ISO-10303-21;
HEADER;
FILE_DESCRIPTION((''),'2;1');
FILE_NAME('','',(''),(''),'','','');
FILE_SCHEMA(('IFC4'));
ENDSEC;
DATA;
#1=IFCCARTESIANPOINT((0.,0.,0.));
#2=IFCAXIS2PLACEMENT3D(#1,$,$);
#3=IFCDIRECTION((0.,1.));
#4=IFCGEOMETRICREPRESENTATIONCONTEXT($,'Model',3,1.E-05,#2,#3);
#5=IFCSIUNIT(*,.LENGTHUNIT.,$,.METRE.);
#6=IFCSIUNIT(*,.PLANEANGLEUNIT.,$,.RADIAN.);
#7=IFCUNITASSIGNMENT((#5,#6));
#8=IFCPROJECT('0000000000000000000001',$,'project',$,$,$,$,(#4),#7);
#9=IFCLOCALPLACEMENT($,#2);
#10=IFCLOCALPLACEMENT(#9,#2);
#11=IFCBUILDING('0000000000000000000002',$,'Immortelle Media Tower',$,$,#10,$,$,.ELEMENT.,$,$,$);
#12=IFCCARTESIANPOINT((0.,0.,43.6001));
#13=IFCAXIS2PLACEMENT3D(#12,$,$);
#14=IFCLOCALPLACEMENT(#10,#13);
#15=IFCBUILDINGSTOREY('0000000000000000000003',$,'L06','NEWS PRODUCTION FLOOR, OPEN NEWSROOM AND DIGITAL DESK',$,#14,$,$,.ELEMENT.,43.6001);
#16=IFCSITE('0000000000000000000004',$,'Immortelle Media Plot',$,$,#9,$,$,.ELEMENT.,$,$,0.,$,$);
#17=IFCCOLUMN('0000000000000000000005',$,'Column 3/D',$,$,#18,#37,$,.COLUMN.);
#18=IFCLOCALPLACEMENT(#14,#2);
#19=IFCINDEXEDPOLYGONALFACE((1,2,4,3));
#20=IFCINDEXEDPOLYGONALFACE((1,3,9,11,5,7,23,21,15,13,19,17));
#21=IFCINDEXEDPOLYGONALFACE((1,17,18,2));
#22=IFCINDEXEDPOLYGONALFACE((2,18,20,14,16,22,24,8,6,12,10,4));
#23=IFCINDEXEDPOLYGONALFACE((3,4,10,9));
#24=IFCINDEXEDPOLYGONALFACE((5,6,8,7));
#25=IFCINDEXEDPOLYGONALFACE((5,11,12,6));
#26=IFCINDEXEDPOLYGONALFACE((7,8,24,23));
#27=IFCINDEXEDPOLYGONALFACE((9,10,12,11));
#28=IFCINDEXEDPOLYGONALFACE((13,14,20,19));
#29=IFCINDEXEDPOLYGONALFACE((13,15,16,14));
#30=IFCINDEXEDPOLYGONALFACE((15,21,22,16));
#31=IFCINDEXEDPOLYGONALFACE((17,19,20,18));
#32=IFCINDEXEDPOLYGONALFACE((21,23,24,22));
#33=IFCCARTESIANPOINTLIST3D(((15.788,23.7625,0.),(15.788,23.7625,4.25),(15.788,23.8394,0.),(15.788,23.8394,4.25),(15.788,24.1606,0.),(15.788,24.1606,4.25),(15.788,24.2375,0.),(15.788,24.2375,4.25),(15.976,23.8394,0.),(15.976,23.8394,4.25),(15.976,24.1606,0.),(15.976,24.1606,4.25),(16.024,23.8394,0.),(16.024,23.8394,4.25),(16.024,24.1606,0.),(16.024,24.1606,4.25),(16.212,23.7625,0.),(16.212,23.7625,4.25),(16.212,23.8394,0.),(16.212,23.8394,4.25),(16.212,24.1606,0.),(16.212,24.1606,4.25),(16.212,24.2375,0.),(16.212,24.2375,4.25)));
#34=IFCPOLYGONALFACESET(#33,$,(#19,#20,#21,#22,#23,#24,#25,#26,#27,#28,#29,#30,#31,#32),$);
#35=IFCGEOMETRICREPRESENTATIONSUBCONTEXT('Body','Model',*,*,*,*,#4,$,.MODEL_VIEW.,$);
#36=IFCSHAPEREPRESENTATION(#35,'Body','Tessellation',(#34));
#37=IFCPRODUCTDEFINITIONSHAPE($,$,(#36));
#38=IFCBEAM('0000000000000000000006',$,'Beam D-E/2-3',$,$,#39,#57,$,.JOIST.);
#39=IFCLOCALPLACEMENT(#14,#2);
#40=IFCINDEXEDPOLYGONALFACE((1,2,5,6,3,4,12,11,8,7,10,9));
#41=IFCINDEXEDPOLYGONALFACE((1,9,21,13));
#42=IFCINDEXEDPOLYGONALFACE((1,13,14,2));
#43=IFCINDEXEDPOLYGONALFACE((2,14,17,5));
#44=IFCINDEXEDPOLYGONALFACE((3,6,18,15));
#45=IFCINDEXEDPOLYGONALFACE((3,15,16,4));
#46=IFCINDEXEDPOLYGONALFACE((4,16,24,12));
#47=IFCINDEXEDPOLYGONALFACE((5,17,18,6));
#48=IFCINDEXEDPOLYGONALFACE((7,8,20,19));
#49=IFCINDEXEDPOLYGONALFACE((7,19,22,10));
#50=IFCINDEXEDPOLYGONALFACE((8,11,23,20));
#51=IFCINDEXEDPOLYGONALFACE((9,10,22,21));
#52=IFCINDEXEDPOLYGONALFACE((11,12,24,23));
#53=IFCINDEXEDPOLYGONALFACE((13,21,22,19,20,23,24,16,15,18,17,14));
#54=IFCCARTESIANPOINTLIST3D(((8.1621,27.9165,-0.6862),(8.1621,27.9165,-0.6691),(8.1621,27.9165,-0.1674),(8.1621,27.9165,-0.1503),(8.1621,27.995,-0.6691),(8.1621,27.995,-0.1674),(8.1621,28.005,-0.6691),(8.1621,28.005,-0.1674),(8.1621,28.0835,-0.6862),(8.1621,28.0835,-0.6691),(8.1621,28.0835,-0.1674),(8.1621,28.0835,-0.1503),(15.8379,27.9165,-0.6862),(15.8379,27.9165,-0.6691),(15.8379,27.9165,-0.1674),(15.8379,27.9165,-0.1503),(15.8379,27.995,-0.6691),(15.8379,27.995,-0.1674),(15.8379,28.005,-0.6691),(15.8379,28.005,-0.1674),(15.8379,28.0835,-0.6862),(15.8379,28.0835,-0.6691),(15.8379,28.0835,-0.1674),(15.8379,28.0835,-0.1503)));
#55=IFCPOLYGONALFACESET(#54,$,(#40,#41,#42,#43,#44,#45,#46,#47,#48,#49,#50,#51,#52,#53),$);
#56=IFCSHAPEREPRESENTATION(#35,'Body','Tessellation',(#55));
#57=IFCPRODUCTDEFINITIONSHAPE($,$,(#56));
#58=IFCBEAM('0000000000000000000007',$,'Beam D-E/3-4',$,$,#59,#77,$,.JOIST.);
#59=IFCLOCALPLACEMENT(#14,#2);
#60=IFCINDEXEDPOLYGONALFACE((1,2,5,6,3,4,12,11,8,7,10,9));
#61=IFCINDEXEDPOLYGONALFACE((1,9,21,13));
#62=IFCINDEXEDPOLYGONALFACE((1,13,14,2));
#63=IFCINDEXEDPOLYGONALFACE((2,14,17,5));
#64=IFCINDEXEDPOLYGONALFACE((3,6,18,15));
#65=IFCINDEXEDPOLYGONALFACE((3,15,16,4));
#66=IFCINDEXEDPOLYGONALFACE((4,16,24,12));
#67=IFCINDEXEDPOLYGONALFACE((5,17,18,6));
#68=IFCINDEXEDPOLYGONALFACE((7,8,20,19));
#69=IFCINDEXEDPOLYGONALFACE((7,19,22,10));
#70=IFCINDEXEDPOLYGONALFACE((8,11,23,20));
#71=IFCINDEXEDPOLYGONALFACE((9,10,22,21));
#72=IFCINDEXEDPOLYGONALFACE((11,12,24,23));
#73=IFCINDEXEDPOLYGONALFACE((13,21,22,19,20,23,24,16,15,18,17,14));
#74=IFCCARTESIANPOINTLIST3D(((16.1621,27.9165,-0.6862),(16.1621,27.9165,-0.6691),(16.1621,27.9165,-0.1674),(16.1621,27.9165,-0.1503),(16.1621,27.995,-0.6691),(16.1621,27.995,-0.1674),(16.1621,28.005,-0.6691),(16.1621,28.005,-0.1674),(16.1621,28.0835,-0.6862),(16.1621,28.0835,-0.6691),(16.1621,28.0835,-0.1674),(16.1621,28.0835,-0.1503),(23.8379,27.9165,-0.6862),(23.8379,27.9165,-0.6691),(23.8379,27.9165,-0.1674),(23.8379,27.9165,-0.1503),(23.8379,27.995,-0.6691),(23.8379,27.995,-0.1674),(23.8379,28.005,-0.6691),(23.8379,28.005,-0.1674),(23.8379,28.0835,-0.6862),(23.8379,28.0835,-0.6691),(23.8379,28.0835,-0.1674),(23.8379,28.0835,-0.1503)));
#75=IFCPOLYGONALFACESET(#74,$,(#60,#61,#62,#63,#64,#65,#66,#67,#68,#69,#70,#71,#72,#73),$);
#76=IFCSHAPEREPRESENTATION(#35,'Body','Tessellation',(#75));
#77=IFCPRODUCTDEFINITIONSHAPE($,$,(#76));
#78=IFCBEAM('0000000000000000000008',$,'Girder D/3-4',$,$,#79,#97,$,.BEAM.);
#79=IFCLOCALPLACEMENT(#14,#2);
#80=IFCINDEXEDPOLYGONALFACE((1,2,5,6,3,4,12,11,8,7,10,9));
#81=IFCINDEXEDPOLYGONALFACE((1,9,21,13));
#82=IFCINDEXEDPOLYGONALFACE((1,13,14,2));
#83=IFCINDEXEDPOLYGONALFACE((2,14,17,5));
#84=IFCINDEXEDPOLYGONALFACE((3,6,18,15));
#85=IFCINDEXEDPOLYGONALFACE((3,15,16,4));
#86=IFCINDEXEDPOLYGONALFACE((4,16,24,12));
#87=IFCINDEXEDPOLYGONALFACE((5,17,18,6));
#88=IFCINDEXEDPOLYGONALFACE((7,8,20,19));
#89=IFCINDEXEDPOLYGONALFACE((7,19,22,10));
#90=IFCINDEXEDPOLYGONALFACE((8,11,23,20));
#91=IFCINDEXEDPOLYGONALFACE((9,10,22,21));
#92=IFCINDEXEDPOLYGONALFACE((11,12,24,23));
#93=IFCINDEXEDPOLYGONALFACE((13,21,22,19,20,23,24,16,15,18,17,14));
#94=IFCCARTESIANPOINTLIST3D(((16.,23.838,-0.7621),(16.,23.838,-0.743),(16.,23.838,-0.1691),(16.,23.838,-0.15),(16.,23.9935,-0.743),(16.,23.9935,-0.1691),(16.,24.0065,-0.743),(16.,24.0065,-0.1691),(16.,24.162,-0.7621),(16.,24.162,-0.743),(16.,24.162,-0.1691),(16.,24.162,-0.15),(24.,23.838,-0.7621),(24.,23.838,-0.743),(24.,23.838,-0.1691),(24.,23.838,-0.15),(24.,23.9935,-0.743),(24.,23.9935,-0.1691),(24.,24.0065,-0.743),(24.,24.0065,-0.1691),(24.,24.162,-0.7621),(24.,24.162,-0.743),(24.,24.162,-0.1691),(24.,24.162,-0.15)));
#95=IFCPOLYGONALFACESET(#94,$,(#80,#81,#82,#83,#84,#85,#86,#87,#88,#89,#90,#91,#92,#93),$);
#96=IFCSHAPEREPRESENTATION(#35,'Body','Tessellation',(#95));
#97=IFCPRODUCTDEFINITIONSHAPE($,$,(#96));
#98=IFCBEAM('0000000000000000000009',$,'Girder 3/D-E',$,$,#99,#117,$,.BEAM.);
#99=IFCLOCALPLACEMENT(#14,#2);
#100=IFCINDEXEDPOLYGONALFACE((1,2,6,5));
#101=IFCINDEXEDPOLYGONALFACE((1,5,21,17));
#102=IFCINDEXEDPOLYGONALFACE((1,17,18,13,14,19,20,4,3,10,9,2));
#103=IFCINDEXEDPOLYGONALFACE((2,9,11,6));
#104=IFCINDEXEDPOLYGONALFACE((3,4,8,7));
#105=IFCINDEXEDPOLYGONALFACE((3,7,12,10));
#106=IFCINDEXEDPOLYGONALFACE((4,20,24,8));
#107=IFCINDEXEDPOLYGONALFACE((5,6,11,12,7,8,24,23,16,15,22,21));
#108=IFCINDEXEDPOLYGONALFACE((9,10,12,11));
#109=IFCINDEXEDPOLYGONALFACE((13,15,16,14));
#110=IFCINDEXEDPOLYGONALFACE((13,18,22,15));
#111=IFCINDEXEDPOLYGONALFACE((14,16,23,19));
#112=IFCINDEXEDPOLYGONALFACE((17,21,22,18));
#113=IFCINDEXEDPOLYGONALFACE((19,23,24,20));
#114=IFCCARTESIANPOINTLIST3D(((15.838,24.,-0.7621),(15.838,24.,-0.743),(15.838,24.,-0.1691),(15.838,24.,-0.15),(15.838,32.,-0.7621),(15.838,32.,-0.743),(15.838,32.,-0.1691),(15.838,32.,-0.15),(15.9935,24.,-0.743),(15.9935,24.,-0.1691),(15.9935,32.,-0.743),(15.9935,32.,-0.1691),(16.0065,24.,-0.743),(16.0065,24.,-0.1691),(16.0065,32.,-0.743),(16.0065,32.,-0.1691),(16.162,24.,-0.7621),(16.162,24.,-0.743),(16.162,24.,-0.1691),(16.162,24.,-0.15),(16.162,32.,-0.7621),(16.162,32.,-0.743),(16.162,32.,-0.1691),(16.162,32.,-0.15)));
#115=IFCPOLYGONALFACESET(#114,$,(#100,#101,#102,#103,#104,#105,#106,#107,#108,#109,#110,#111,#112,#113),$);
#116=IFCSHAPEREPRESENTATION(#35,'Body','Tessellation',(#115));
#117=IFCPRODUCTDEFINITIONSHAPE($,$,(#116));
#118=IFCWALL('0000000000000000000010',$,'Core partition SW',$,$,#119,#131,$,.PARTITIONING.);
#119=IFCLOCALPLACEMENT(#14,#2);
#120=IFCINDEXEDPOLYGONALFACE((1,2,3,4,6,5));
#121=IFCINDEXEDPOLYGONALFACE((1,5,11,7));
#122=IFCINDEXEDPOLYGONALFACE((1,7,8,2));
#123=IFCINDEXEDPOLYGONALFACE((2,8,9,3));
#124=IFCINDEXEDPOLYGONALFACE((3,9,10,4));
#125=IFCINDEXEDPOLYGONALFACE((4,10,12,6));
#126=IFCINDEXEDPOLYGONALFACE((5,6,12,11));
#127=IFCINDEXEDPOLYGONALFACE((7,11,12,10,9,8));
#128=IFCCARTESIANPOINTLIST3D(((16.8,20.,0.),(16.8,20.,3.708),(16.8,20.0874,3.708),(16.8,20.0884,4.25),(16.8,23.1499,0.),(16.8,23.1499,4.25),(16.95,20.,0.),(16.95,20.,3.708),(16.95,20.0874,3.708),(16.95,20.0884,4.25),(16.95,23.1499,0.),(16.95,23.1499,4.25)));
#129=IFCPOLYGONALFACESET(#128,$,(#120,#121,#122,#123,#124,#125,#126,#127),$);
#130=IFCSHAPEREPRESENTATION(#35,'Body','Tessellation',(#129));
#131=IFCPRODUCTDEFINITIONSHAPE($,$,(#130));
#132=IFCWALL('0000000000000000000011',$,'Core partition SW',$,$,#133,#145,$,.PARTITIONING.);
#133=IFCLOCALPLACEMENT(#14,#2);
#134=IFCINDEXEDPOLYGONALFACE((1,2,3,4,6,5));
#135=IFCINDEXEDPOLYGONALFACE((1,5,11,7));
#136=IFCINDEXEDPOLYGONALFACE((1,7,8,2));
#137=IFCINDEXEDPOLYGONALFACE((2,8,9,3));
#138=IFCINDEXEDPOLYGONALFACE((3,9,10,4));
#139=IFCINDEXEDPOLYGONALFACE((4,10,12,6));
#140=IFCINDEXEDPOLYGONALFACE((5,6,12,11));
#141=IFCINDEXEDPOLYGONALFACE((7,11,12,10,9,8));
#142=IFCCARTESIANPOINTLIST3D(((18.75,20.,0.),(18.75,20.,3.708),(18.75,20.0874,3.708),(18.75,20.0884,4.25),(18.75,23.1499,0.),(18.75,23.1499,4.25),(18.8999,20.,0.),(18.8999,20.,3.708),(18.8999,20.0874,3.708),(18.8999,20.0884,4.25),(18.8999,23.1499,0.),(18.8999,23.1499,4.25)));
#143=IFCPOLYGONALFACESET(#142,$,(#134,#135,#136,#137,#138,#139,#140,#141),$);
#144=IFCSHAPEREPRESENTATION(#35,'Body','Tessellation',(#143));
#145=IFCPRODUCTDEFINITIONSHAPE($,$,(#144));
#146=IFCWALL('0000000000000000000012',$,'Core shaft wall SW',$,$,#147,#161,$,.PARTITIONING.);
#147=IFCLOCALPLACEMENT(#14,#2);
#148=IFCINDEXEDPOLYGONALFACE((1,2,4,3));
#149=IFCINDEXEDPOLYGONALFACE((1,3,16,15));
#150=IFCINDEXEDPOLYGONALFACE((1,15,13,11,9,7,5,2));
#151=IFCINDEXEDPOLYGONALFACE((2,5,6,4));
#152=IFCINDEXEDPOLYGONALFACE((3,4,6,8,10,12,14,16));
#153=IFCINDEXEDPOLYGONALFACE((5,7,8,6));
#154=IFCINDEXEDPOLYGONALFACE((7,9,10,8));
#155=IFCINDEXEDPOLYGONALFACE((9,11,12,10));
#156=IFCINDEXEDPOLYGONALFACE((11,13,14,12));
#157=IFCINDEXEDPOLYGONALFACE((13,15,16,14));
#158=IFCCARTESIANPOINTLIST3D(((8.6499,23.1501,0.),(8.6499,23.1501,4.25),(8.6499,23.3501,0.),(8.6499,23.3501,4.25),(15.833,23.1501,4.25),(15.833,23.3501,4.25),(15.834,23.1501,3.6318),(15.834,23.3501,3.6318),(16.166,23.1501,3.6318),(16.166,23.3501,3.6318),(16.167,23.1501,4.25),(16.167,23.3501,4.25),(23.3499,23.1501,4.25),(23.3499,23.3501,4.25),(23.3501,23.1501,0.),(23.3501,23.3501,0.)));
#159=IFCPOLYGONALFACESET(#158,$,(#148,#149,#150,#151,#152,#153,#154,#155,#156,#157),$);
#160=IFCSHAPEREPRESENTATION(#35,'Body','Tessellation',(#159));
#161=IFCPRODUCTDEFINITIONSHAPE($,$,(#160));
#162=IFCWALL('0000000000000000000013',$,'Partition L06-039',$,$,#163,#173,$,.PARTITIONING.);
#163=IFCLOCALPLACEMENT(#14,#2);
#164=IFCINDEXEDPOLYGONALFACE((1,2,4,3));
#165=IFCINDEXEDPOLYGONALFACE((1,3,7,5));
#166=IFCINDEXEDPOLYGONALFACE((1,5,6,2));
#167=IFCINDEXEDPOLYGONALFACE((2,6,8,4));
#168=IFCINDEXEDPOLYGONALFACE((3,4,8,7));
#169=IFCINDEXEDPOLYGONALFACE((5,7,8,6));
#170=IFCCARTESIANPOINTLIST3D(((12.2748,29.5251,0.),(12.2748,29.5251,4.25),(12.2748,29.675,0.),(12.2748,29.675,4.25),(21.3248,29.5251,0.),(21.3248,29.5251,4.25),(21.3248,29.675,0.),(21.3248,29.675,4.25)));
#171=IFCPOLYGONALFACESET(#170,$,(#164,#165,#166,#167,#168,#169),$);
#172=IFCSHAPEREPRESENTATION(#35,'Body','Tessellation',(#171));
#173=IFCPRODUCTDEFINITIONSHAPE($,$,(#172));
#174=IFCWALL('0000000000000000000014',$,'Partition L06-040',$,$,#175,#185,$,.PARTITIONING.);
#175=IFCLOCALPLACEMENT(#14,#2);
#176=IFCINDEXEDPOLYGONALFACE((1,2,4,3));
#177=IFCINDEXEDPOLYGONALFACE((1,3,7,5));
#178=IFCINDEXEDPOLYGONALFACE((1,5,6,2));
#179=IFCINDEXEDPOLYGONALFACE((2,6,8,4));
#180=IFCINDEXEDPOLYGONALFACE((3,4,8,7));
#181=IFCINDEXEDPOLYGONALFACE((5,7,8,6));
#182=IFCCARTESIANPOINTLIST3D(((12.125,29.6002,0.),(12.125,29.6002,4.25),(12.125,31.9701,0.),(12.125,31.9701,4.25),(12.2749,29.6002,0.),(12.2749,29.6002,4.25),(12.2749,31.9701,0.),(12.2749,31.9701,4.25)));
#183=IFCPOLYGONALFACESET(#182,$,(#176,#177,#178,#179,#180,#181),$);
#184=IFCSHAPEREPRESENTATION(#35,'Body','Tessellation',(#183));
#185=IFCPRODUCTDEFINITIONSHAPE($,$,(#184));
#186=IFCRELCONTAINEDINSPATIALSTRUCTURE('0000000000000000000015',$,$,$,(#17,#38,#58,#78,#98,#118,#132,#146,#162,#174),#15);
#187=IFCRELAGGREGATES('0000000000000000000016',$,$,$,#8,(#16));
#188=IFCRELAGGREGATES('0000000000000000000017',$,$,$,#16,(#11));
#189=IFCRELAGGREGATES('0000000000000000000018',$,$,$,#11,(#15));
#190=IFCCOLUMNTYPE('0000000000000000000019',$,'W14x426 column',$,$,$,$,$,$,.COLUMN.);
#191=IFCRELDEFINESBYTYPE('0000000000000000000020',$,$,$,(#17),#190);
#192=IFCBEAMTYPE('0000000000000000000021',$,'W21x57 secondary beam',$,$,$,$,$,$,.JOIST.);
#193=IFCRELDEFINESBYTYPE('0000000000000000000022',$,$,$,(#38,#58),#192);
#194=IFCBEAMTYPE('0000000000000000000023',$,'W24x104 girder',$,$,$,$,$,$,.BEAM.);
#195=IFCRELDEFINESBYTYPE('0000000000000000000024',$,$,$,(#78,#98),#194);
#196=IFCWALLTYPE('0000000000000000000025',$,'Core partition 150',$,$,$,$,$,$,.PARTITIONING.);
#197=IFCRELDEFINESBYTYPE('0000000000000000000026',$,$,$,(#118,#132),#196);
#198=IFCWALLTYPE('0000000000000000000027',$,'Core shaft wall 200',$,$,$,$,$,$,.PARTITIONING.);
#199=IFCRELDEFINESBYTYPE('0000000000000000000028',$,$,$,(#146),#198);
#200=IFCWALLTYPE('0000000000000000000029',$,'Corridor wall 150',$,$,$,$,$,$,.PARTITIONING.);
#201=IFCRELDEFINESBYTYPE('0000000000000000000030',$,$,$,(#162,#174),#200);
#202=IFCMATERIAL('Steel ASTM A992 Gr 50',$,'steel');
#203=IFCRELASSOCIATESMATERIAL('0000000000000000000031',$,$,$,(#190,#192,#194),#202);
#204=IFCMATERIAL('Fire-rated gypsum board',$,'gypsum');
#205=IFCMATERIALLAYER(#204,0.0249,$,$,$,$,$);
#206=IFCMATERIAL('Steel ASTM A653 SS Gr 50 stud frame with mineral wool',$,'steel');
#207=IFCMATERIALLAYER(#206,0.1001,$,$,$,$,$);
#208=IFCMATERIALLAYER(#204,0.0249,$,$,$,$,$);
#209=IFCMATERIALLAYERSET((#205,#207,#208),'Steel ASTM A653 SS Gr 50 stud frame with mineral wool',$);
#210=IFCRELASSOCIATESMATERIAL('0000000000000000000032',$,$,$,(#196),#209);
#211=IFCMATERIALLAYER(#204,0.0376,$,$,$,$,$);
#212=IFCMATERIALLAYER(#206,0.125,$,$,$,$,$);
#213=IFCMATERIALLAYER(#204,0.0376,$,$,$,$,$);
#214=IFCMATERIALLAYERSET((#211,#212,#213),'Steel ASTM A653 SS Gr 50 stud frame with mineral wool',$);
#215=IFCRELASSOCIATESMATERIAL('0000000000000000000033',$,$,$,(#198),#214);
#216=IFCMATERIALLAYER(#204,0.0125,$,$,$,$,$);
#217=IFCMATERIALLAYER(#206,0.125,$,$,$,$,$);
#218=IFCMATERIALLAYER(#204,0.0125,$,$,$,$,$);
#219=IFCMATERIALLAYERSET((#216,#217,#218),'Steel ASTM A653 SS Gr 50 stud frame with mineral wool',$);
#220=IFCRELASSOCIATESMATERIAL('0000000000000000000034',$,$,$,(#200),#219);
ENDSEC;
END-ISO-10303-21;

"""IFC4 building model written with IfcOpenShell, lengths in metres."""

from ifc_helpers import new_model, si_unit, direction, frame, frame_2d, origin, origin_2d, place, context, subcontext, project, spatial, polyline, rectangle, i_section, outline, extrude, material, layer, layer_set, material_profile, profile_set, type_object, element, save


model = new_model("IFC4")

# Units and contexts
model_context = context("Model", 3, precision=1e-05, world=origin(), true_north=direction((0.0, 1.0)))
body_context = subcontext(model_context, "Body", "Model", "MODEL_VIEW")
ifc_project = project(units=[si_unit("LENGTHUNIT", "METRE"), si_unit("PLANEANGLEUNIT", "RADIAN")], contexts=[model_context])

# Site, building, storey
site_placement = place(None, origin())
site = spatial("IfcSite", under=ifc_project, at=site_placement, Name="Immortelle Media Plot", CompositionType="ELEMENT", RefElevation=0.0)
building_placement = place(site_placement, origin())
building = spatial("IfcBuilding", under=site, at=building_placement, Name="Immortelle Media Tower", CompositionType="ELEMENT")
storey_placement = place(building_placement, frame((0.0, 0.0, 43.6001)))
storey = spatial("IfcBuildingStorey", under=building, at=storey_placement, Name="L06", Description="NEWS PRODUCTION FLOOR, OPEN NEWSROOM AND DIGITAL DESK", CompositionType="ELEMENT", Elevation=43.6001)

# Column
ifc_material_1 = material(Name="Steel ASTM A992 Gr 50", Category="steel")
ifc_material_profile_1 = material_profile(ifc_material_1, i_section(OverallWidth=0.4241, OverallDepth=0.4751, WebThickness=0.0481, FlangeThickness=0.0769, at=origin_2d()), Name="W14x426")
ifc_profile_set_1 = profile_set([ifc_material_profile_1], Name="Steel ASTM A992 Gr 50")
column_type = type_object("IfcColumnType", Name="W14x426 column", PredefinedType="COLUMN", material=ifc_profile_set_1)
column_placement = place(storey_placement, frame((16.0, 24.0, 0.0), z_axis=(0.0, 0.0, 1.0), x_axis=(1.0, 0.0, 0.0)))
element("IfcColumn", 1, at=column_placement, inside=storey, type_object=column_type, Name="Column 3/D", PredefinedType="COLUMN", context=body_context, shape_type="SweptSolid", body=[
    extrude(i_section(OverallWidth=0.4241, OverallDepth=0.4751, WebThickness=0.0481, FlangeThickness=0.0769, at=origin_2d()), origin(), (0.0, 0.0, 1.0), 4.25),
])

# Beams
ifc_material_profile_2 = material_profile(ifc_material_1, i_section(OverallWidth=0.167, OverallDepth=0.5359, WebThickness=0.01, FlangeThickness=0.0171, at=origin_2d()), Name="W21x57")
ifc_profile_set_2 = profile_set([ifc_material_profile_2], Name="Steel ASTM A992 Gr 50")
beam_type_1 = type_object("IfcBeamType", Name="W21x57 secondary beam", PredefinedType="JOIST", material=ifc_profile_set_2)
for number, where, z_axis, x_axis, name in (
    (2, (8.1621, 28.0, -0.4182), (1.0, 0.0, 0.0), (0.0, 1.0, 0.0), "Beam D-E/2-3"),
    (3, (16.1621, 28.0, -0.4182), (1.0, 0.0, 0.0), (0.0, 1.0, 0.0), "Beam D-E/3-4"),
):
    element("IfcBeam", number, at=place(storey_placement, frame(where, z_axis=z_axis, x_axis=x_axis)), inside=storey, type_object=beam_type_1, Name=name, PredefinedType="JOIST", context=body_context, shape_type="SweptSolid", body=[
        extrude(i_section(OverallWidth=0.167, OverallDepth=0.5359, WebThickness=0.01, FlangeThickness=0.0171, at=origin_2d()), origin(), (0.0, 0.0, 1.0), 7.6758),
    ])
ifc_material_profile_3 = material_profile(ifc_material_1, i_section(OverallWidth=0.324, OverallDepth=0.6121, WebThickness=0.0129, FlangeThickness=0.019, at=origin_2d()), Name="W24x104")
ifc_profile_set_3 = profile_set([ifc_material_profile_3], Name="Steel ASTM A992 Gr 50")
beam_type_2 = type_object("IfcBeamType", Name="W24x104 girder", PredefinedType="BEAM", material=ifc_profile_set_3)
for number, where, z_axis, x_axis, name in (
    (4, (16.0, 24.0, -0.4561), (1.0, 0.0, 0.0), (0.0, 1.0, 0.0), "Girder D/3-4"),
    (5, (16.0, 24.0, -0.4561), (0.0, 1.0, 0.0), (-1.0, 0.0, 0.0), "Girder 3/D-E"),
):
    element("IfcBeam", number, at=place(storey_placement, frame(where, z_axis=z_axis, x_axis=x_axis)), inside=storey, type_object=beam_type_2, Name=name, PredefinedType="BEAM", context=body_context, shape_type="SweptSolid", body=[
        extrude(i_section(OverallWidth=0.324, OverallDepth=0.6121, WebThickness=0.0129, FlangeThickness=0.019, at=origin_2d()), origin(), (0.0, 0.0, 1.0), 8.0),
    ])

# Walls
ifc_material_2 = material(Name="Fire-rated gypsum board", Category="gypsum")
ifc_layer_1 = layer(ifc_material_2, 0.0249)
ifc_material_3 = material(Name="Steel ASTM A653 SS Gr 50 stud frame with mineral wool", Category="steel")
ifc_layer_2 = layer(ifc_material_3, 0.1001)
ifc_layer_3 = layer(ifc_material_2, 0.0249)
ifc_layer_set_1 = layer_set([ifc_layer_1, ifc_layer_2, ifc_layer_3], Name="Steel ASTM A653 SS Gr 50 stud frame with mineral wool")
wall_type_1 = type_object("IfcWallType", Name="Core partition 150", PredefinedType="PARTITIONING", material=ifc_layer_set_1)
for number, where, z_axis, x_axis, name in (
    (6, (16.875, 20.0, 0.0), (0.0, 0.0, 1.0), (0.0, 1.0, 0.0), "Core partition SW"),
    (7, (18.825, 20.0, 0.0), (0.0, 0.0, 1.0), (0.0, 1.0, 0.0), "Core partition SW"),
):
    element("IfcWall", number, at=place(storey_placement, frame(where, z_axis=z_axis, x_axis=x_axis)), inside=storey, type_object=wall_type_1, Name=name, PredefinedType="PARTITIONING", context=body_context, shape_type="SweptSolid", body=[
        extrude(outline(polyline([(0.0, 0.0), (3.1499, 0.0), (3.1499, 4.25), (0.0884, 4.25), (0.0874, 3.708), (0.0, 3.708), (0.0, 0.0)])), frame((0.0, 0.075, 0.0), z_axis=(0.0, -1.0, 0.0), x_axis=(1.0, 0.0, 0.0)), (0.0, 0.0, 1.0), 0.1499),
    ])
ifc_layer_4 = layer(ifc_material_2, 0.0376)
ifc_layer_5 = layer(ifc_material_3, 0.125)
ifc_layer_6 = layer(ifc_material_2, 0.0376)
ifc_layer_set_2 = layer_set([ifc_layer_4, ifc_layer_5, ifc_layer_6], Name="Steel ASTM A653 SS Gr 50 stud frame with mineral wool")
wall_type_2 = type_object("IfcWallType", Name="Core shaft wall 200", PredefinedType="PARTITIONING", material=ifc_layer_set_2)
wall_1_placement = place(storey_placement, frame((8.6499, 23.25, 0.0), z_axis=(0.0, 0.0, 1.0), x_axis=(1.0, 0.0, 0.0)))
element("IfcWall", 8, at=wall_1_placement, inside=storey, type_object=wall_type_2, Name="Core shaft wall SW", PredefinedType="PARTITIONING", context=body_context, shape_type="SweptSolid", body=[
    extrude(outline(polyline([(0.0, 0.0), (14.7002, 0.0), (14.7, 4.25), (7.5171, 4.25), (7.5161, 3.6318), (7.1841, 3.6318), (7.1831, 4.25), (0.0, 4.25), (0.0, 0.0)])), frame((0.0, 0.1001, 0.0), z_axis=(0.0, -1.0, 0.0), x_axis=(1.0, 0.0, 0.0)), (0.0, 0.0, 1.0), 0.2),
])
ifc_layer_7 = layer(ifc_material_2, 0.0125)
ifc_layer_8 = layer(ifc_material_3, 0.125)
ifc_layer_9 = layer(ifc_material_2, 0.0125)
ifc_layer_set_3 = layer_set([ifc_layer_7, ifc_layer_8, ifc_layer_9], Name="Steel ASTM A653 SS Gr 50 stud frame with mineral wool")
wall_type_3 = type_object("IfcWallType", Name="Corridor wall 150", PredefinedType="PARTITIONING", material=ifc_layer_set_3)
wall_2_placement = place(storey_placement, frame((12.2749, 29.6001, 0.0), z_axis=(0.0, 0.0, 1.0), x_axis=(1.0, 0.0, 0.0)))
element("IfcWall", 9, at=wall_2_placement, inside=storey, type_object=wall_type_3, Name="Partition L06-039", PredefinedType="PARTITIONING", context=body_context, shape_type="SweptSolid", body=[
    extrude(rectangle(XDim=9.05, YDim=0.1499, at=frame_2d((4.5249, 0.0))), origin(), (0.0, 0.0, 1.0), 4.25),
])
wall_3_placement = place(storey_placement, frame((12.2, 29.6001, 0.0), z_axis=(0.0, 0.0, 1.0), x_axis=(0.0, 1.0, 0.0)))
element("IfcWall", 10, at=wall_3_placement, inside=storey, type_object=wall_type_3, Name="Partition L06-040", PredefinedType="PARTITIONING", context=body_context, shape_type="SweptSolid", body=[
    extrude(rectangle(XDim=2.3699, YDim=0.1499, at=frame_2d((1.1851, 0.0))), origin(), (0.0, 0.0, 1.0), 4.25),
])

save(model, "model.ifc")
